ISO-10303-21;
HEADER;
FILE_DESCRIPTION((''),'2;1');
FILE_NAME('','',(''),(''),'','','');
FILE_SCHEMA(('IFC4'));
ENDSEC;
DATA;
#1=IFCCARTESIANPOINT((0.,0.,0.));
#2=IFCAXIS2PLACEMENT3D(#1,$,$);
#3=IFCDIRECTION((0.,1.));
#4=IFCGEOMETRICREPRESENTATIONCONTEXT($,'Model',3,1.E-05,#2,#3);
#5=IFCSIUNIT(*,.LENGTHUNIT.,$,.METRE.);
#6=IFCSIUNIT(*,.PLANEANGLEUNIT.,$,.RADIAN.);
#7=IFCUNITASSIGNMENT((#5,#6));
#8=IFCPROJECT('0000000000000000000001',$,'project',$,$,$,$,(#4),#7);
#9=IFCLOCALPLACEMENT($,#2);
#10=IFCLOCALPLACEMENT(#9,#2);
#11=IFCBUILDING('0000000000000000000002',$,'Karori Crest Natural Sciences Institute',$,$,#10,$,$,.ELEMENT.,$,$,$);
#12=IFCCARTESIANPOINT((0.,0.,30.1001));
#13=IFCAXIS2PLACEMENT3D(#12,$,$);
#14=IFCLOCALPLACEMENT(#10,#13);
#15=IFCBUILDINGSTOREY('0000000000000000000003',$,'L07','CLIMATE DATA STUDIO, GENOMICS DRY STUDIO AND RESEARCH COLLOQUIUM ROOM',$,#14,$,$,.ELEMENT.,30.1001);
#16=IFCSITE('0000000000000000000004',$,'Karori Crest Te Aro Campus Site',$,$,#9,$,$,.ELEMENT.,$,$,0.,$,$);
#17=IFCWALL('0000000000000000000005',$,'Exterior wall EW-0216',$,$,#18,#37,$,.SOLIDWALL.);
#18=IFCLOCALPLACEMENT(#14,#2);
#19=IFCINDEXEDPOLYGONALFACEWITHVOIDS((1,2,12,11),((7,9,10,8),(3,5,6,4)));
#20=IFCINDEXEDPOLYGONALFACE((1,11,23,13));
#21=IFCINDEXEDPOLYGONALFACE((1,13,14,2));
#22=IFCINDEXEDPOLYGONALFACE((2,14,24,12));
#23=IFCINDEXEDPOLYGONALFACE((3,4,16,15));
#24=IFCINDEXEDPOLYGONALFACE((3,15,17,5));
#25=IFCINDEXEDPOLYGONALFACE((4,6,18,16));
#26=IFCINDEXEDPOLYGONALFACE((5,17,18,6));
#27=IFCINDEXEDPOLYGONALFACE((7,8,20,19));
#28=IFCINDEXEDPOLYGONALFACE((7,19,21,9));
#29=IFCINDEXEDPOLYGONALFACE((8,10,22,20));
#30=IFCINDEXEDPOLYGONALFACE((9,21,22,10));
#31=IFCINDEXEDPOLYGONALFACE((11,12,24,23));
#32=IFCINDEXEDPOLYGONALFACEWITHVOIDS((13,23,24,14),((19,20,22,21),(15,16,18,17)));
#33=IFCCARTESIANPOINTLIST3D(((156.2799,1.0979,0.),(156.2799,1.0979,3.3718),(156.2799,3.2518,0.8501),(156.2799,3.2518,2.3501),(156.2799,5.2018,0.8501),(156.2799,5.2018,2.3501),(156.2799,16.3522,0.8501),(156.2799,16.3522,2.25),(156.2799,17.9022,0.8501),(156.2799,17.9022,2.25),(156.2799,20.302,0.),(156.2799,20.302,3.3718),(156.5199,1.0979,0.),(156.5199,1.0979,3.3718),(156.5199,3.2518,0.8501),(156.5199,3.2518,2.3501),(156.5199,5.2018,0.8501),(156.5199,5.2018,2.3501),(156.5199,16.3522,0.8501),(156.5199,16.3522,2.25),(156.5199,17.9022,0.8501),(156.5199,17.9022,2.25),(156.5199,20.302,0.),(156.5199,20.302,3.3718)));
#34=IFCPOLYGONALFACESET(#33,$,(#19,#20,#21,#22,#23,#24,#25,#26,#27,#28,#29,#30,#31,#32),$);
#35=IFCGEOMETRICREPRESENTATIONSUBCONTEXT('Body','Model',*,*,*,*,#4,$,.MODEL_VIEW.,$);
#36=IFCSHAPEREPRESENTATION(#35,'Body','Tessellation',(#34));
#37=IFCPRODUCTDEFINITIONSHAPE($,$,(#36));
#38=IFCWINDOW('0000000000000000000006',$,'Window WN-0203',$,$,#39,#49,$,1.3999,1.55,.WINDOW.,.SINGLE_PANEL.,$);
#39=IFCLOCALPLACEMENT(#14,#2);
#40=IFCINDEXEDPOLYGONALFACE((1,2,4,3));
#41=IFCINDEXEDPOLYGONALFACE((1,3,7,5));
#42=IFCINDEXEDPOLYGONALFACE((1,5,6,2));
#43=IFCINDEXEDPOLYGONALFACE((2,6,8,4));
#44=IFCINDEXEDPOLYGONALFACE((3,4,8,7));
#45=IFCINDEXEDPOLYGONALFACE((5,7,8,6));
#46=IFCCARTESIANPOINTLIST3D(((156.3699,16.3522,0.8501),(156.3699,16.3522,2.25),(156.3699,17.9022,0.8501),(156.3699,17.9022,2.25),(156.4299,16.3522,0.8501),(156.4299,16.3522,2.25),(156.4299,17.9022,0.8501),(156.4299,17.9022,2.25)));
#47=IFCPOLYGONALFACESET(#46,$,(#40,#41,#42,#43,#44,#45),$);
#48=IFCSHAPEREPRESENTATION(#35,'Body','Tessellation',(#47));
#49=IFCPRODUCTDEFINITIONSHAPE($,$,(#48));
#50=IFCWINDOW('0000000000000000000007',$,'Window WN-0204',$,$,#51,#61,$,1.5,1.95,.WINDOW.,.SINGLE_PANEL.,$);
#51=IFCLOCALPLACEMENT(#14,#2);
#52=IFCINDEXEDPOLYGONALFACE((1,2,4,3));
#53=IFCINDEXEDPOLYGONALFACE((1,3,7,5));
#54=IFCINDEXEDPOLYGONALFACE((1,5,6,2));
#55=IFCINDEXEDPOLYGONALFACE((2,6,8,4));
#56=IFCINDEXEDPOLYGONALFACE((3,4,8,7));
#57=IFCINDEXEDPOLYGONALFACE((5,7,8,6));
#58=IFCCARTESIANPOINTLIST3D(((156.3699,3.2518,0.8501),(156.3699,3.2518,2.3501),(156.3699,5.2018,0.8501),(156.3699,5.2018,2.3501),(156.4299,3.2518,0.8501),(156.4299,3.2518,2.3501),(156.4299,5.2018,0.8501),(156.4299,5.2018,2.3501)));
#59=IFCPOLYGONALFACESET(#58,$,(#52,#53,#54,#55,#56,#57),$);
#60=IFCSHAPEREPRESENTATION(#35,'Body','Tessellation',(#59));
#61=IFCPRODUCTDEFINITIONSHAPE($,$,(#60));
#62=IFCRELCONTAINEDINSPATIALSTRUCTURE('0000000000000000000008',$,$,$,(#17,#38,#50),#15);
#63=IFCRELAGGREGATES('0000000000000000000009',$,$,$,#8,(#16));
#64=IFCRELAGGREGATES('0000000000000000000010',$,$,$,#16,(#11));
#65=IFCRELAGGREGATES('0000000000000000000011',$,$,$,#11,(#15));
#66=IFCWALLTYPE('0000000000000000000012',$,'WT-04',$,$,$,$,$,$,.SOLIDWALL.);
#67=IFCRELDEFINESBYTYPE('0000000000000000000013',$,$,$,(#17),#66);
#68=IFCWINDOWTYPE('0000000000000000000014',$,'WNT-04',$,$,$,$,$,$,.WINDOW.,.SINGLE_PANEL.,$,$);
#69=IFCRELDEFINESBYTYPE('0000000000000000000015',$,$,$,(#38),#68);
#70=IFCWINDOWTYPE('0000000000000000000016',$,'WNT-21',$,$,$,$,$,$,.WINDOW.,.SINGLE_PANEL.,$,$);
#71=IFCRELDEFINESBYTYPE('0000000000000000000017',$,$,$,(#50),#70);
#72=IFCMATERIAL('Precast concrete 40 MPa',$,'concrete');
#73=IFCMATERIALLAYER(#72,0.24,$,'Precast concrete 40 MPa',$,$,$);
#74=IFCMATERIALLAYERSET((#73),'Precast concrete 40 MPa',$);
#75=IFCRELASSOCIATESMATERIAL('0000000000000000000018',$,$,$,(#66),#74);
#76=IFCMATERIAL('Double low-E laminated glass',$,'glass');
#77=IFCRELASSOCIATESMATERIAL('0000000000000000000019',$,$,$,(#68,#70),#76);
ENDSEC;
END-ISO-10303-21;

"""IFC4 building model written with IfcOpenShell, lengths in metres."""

from ifc_helpers import new_model, si_unit, direction, frame, frame_2d, origin, place, context, subcontext, project, spatial, rectangle, extrude, material, layer, layer_set, type_object, element, fill, save


model = new_model("IFC4")

# Units and contexts
model_context = context("Model", 3, precision=1e-05, world=origin(), true_north=direction((0.0, 1.0)))
body_context = subcontext(model_context, "Body", "Model", "MODEL_VIEW")
ifc_project = project(units=[si_unit("LENGTHUNIT", "METRE"), si_unit("PLANEANGLEUNIT", "RADIAN")], contexts=[model_context])

# Site, building, storey
site_placement = place(None, origin())
site = spatial("IfcSite", under=ifc_project, at=site_placement, Name="Karori Crest Te Aro Campus Site", CompositionType="ELEMENT", RefElevation=0.0)
building_placement = place(site_placement, origin())
building = spatial("IfcBuilding", under=site, at=building_placement, Name="Karori Crest Natural Sciences Institute", CompositionType="ELEMENT")
storey_placement = place(building_placement, frame((0.0, 0.0, 30.1001)))
storey = spatial("IfcBuildingStorey", under=building, at=storey_placement, Name="L07", Description="CLIMATE DATA STUDIO, GENOMICS DRY STUDIO AND RESEARCH COLLOQUIUM ROOM", CompositionType="ELEMENT", Elevation=30.1001)

# Wall, openings, windows
ifc_material_1 = material(Name="Precast concrete 40 MPa", Category="concrete")
ifc_layer_1 = layer(ifc_material_1, 0.24, Name="Precast concrete 40 MPa")
ifc_layer_set_1 = layer_set([ifc_layer_1], Name="Precast concrete 40 MPa")
wall_type_1 = type_object("IfcWallType", Name="WT-04", PredefinedType="SOLIDWALL", material=ifc_layer_set_1)
wall_1_placement = place(storey_placement, frame((156.3999, 20.302, 0.0), z_axis=(0.0, 0.0, 1.0), x_axis=(0.0, -1.0, 0.0)))
wall_1 = element("IfcWall", 1, at=wall_1_placement, inside=storey, type_object=wall_type_1, Name="Exterior wall EW-0216", PredefinedType="SOLIDWALL", context=body_context, shape_type="SweptSolid", body=[
    extrude(rectangle(XDim=19.2041, YDim=0.24, at=frame_2d((9.6021, 0.0))), origin(), (0.0, 0.0, 1.0), 3.3718),
])
opening_1_placement = place(wall_1_placement, frame((2.3999, 0.0, 0.8501)))
opening_1 = element("IfcOpeningElement", 2, at=opening_1_placement, cuts=wall_1, PredefinedType="OPENING", context=body_context, shape_type="SweptSolid", body=[
    extrude(rectangle(XDim=1.55, YDim=1.3999, at=frame_2d((0.7749, 0.7))), frame((0.0, 0.1299, 0.0), z_axis=(0.0, -1.0, 0.0), x_axis=(1.0, 0.0, 0.0)), (0.0, 0.0, 1.0), 0.26),
])
opening_2_placement = place(wall_1_placement, frame((15.1001, 0.0, 0.8501)))
opening_2 = element("IfcOpeningElement", 3, at=opening_2_placement, cuts=wall_1, PredefinedType="OPENING", context=body_context, shape_type="SweptSolid", body=[
    extrude(rectangle(XDim=1.95, YDim=1.5, at=frame_2d((0.9751, 0.75))), frame((0.0, 0.1299, 0.0), z_axis=(0.0, -1.0, 0.0), x_axis=(1.0, 0.0, 0.0)), (0.0, 0.0, 1.0), 0.26),
])
ifc_material_2 = material(Name="Double low-E laminated glass", Category="glass")
window_type_1 = type_object("IfcWindowType", Name="WNT-04", PartitioningType="SINGLE_PANEL", PredefinedType="WINDOW", material=ifc_material_2)
window_1_placement = place(opening_1_placement, origin())
window_1 = element("IfcWindow", 4, at=window_1_placement, inside=storey, type_object=window_type_1, Name="Window WN-0203", OverallHeight=1.3999, OverallWidth=1.55, PartitioningType="SINGLE_PANEL", PredefinedType="WINDOW", context=body_context, shape_type="SweptSolid", body=[
    extrude(rectangle(XDim=1.55, YDim=1.3999, at=frame_2d((0.7749, 0.7))), frame((0.0, 0.03, 0.0), z_axis=(0.0, -1.0, 0.0), x_axis=(1.0, 0.0, 0.0)), (0.0, 0.0, 1.0), 0.0601),
])
fill(opening_1, window_1)
window_type_2 = type_object("IfcWindowType", Name="WNT-21", PartitioningType="SINGLE_PANEL", PredefinedType="WINDOW", material=ifc_material_2)
window_2_placement = place(opening_2_placement, origin())
window_2 = element("IfcWindow", 5, at=window_2_placement, inside=storey, type_object=window_type_2, Name="Window WN-0204", OverallHeight=1.5, OverallWidth=1.95, PartitioningType="SINGLE_PANEL", PredefinedType="WINDOW", context=body_context, shape_type="SweptSolid", body=[
    extrude(rectangle(XDim=1.95, YDim=1.5, at=frame_2d((0.9751, 0.75))), frame((0.0, 0.03, 0.0), z_axis=(0.0, -1.0, 0.0), x_axis=(1.0, 0.0, 0.0)), (0.0, 0.0, 1.0), 0.0601),
])
fill(opening_2, window_2)

save(model, "model.ifc")
